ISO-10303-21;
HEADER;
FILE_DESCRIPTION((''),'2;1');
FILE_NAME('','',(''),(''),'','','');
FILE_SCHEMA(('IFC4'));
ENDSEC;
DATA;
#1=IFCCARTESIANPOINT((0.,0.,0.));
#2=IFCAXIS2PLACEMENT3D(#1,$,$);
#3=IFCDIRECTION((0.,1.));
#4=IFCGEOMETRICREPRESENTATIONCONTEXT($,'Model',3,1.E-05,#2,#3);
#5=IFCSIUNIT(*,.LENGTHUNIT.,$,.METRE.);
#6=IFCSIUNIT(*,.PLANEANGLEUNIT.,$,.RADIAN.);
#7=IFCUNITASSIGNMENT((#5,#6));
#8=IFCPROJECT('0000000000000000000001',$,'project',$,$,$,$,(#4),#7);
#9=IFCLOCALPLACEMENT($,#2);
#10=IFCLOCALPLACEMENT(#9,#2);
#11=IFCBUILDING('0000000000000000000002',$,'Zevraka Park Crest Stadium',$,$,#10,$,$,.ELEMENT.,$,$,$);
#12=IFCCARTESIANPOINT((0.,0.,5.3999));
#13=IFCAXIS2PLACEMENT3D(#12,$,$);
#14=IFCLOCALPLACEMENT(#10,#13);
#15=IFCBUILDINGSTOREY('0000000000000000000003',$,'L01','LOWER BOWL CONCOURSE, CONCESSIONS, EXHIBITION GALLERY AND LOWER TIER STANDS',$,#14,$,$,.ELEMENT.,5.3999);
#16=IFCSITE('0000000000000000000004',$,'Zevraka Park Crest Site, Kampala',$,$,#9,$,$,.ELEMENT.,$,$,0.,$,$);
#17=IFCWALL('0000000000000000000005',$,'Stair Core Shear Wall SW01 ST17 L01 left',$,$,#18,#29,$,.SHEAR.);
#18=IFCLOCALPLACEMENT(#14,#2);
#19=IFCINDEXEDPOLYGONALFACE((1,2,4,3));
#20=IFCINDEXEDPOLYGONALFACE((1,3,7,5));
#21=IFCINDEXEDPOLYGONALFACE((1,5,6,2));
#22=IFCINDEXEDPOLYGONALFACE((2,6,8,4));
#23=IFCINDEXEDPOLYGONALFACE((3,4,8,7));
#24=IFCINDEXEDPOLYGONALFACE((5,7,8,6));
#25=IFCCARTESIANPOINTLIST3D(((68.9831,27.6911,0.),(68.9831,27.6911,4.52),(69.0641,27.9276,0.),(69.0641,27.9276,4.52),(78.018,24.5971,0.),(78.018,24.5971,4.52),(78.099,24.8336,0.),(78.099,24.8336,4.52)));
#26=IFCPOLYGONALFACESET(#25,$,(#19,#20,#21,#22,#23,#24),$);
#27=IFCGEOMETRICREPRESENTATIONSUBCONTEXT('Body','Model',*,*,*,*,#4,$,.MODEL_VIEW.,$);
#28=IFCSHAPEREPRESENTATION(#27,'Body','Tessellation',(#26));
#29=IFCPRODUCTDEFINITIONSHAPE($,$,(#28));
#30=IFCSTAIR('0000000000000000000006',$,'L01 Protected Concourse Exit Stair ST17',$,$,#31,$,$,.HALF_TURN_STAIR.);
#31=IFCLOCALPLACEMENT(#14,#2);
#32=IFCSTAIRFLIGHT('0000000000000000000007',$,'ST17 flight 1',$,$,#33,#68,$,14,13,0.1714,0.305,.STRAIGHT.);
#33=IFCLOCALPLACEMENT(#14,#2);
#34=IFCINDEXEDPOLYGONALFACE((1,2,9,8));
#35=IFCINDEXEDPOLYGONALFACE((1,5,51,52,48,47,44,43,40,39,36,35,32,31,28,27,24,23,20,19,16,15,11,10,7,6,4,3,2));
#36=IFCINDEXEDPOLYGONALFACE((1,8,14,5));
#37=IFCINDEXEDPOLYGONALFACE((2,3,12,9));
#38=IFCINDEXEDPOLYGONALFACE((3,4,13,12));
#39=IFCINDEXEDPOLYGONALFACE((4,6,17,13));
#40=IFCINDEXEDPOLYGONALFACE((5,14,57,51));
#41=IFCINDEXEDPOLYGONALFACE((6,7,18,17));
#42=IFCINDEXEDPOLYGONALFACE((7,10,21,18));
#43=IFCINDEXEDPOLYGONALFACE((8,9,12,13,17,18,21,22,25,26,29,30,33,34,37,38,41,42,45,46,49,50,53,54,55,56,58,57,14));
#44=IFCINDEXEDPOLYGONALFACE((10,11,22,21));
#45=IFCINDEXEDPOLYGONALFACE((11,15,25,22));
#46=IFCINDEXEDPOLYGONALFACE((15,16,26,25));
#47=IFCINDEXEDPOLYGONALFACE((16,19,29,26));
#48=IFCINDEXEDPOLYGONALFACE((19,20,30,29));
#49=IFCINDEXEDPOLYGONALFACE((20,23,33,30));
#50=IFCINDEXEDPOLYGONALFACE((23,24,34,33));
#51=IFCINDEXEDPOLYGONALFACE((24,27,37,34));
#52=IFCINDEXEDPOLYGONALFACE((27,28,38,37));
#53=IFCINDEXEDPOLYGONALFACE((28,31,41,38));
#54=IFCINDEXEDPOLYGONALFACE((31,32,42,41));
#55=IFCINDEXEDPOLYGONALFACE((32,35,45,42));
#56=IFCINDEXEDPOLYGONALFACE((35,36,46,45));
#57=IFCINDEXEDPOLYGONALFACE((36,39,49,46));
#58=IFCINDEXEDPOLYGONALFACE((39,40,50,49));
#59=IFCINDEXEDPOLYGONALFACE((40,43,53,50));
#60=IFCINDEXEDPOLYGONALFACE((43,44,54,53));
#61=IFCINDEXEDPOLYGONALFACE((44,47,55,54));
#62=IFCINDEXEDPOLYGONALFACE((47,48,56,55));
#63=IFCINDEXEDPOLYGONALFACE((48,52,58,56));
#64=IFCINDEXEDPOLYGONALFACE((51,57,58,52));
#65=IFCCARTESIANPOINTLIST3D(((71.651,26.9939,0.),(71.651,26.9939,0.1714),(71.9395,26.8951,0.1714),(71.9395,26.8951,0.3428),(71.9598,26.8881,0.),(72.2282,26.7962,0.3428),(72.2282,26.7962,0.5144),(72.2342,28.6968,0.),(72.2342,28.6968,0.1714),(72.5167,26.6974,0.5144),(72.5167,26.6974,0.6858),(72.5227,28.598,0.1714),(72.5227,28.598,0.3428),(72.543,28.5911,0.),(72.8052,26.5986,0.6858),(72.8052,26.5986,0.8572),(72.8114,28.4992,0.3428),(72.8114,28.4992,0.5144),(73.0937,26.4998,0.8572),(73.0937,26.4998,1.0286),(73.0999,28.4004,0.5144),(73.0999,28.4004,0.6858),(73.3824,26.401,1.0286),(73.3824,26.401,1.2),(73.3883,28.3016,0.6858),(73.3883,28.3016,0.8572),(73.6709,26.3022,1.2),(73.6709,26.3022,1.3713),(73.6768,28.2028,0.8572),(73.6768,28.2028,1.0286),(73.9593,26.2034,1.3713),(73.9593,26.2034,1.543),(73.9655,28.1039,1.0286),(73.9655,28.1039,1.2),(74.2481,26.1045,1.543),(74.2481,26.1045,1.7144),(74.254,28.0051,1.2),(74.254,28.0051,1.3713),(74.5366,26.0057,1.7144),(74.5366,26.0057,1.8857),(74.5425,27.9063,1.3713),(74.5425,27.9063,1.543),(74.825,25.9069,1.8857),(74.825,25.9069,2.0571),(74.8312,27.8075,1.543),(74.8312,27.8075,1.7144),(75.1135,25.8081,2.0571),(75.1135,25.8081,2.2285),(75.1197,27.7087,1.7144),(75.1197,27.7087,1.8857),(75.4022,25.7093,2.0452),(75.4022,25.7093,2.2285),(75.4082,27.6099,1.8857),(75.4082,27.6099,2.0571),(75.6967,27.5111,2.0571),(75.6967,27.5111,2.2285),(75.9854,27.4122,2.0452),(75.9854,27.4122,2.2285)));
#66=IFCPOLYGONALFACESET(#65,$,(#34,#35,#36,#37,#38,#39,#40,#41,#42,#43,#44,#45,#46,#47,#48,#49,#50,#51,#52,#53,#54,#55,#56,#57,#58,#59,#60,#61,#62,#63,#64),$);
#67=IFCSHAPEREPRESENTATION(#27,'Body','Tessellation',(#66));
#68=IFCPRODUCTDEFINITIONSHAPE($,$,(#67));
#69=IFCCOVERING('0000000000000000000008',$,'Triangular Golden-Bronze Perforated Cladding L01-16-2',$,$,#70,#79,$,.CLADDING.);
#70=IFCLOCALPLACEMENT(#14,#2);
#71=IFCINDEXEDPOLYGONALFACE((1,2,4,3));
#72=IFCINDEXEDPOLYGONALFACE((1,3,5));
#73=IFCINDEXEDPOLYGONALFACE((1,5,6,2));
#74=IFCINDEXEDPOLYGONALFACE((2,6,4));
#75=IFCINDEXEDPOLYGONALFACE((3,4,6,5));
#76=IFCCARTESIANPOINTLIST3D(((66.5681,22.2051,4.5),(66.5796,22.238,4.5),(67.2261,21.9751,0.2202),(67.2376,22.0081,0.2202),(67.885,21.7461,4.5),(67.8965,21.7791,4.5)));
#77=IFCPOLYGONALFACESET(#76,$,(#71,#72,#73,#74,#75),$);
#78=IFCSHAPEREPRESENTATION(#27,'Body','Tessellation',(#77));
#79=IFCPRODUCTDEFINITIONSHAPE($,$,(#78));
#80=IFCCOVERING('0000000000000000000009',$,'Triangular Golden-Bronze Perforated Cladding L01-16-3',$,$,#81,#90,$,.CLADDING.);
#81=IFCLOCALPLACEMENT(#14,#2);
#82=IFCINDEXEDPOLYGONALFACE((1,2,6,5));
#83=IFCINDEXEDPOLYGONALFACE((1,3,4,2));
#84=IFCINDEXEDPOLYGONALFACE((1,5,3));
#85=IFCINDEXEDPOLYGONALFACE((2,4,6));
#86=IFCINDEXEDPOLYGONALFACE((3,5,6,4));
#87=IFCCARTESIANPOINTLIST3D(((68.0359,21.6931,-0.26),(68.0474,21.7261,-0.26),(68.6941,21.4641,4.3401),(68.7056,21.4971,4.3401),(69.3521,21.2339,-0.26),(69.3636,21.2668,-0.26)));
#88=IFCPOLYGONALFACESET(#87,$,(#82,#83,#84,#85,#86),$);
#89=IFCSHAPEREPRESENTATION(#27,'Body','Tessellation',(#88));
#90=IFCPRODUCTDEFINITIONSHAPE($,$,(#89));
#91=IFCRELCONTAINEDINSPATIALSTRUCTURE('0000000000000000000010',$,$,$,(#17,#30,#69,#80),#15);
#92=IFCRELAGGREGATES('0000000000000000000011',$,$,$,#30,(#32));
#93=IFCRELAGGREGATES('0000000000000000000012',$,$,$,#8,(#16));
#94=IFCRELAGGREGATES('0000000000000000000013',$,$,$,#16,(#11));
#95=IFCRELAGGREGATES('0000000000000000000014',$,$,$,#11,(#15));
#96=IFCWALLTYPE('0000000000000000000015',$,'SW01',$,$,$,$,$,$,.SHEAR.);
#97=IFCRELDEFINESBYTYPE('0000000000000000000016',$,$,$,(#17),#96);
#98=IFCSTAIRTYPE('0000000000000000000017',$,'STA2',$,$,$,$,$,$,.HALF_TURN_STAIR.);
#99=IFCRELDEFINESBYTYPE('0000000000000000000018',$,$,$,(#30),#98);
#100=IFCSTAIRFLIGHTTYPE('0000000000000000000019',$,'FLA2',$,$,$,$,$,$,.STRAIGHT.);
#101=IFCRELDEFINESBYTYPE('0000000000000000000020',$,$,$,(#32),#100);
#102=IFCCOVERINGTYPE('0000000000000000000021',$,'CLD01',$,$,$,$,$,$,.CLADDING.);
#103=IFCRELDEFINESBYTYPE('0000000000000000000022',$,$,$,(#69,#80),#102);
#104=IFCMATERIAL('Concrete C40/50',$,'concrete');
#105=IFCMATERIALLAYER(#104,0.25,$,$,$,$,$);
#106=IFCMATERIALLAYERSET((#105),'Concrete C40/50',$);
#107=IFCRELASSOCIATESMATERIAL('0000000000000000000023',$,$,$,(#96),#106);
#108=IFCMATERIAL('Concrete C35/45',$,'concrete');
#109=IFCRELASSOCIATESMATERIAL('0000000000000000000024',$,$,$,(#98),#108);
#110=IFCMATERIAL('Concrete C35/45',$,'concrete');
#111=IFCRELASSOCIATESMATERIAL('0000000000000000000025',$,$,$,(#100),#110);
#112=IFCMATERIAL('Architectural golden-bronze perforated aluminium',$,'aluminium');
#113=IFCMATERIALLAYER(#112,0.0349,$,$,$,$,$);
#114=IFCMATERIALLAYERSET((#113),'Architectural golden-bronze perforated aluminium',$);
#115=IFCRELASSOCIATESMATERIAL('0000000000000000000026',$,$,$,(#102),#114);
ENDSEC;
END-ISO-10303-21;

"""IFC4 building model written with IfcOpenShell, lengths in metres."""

from ifc_helpers import new_model, si_unit, direction, frame, frame_2d, origin, place, context, subcontext, project, spatial, polyline, rectangle, outline, extrude, material, layer, layer_set, type_object, element, aggregate, save


model = new_model("IFC4")

# Units and contexts
model_context = context("Model", 3, precision=1e-05, world=origin(), true_north=direction((0.0, 1.0)))
body_context = subcontext(model_context, "Body", "Model", "MODEL_VIEW")
ifc_project = project(units=[si_unit("LENGTHUNIT", "METRE"), si_unit("PLANEANGLEUNIT", "RADIAN")], contexts=[model_context])

# Site, building, storey
site_placement = place(None, origin())
site = spatial("IfcSite", under=ifc_project, at=site_placement, Name="Zevraka Park Crest Site, Kampala", CompositionType="ELEMENT", RefElevation=0.0)
building_placement = place(site_placement, origin())
building = spatial("IfcBuilding", under=site, at=building_placement, Name="Zevraka Park Crest Stadium", CompositionType="ELEMENT")
storey_placement = place(building_placement, frame((0.0, 0.0, 5.3999)))
storey = spatial("IfcBuildingStorey", under=building, at=storey_placement, Name="L01", Description="LOWER BOWL CONCOURSE, CONCESSIONS, EXHIBITION GALLERY AND LOWER TIER STANDS", CompositionType="ELEMENT", Elevation=5.3999)

# Wall
ifc_material_1 = material(Name="Concrete C40/50", Category="concrete")
ifc_layer_1 = layer(ifc_material_1, 0.25)
ifc_layer_set_1 = layer_set([ifc_layer_1], Name="Concrete C40/50")
wall_type_1 = type_object("IfcWallType", Name="SW01", PredefinedType="SHEAR", material=ifc_layer_set_1)
wall_1_placement = place(storey_placement, frame((69.0237, 27.8093, 0.0), z_axis=(0.0, 0.0, 1.0), x_axis=(0.946064, -0.323979, 0.0)))
element("IfcWall", 1, at=wall_1_placement, inside=storey, type_object=wall_type_1, Name="Stair Core Shear Wall SW01 ST17 L01 left", PredefinedType="SHEAR", context=body_context, shape_type="SweptSolid", body=[
    extrude(rectangle(XDim=9.55, YDim=0.25, at=frame_2d((4.7749, 0.0))), origin(), (0.0, 0.0, 1.0), 4.52),
])

# Stair, stair flight
ifc_material_2 = material(Name="Concrete C35/45", Category="concrete")
stair_type = type_object("IfcStairType", Name="STA2", PredefinedType="HALF_TURN_STAIR", material=ifc_material_2)
stair_placement = place(storey_placement, origin())
stair = element("IfcStair", 2, at=stair_placement, inside=storey, type_object=stair_type, Name="L01 Protected Concourse Exit Stair ST17", PredefinedType="HALF_TURN_STAIR")
ifc_material_3 = material(Name="Concrete C35/45", Category="concrete")
stair_flight_type = type_object("IfcStairFlightType", Name="FLA2", PredefinedType="STRAIGHT", material=ifc_material_3)
stair_flight_placement = place(storey_placement, frame((71.9426, 27.8455, 0.0), z_axis=(0.0, 0.0, 1.0), x_axis=(0.946066, -0.323974, 0.0)))
stair_flight = element("IfcStairFlight", 3, at=stair_flight_placement, type_object=stair_flight_type, Name="ST17 flight 1", NumberOfRisers=14, NumberOfTreads=13, PredefinedType="STRAIGHT", RiserHeight=0.1714, TreadLength=0.305, context=body_context, shape_type="SweptSolid", body=[
    extrude(outline(polyline([(0.0, 0.0), (0.0, 0.1714), (0.3049, 0.1714), (0.3049, 0.3428), (0.6101, 0.3428), (0.6101, 0.5144), (0.915, 0.5144), (0.915, 0.6858), (1.22, 0.6858), (1.22, 0.8572), (1.5249, 0.8572), (1.5249, 1.0286), (1.8301, 1.0286), (1.8301, 1.2), (2.135, 1.2), (2.135, 1.3713), (2.4399, 1.3713), (2.4399, 1.543), (2.7451, 1.543), (2.7451, 1.7144), (3.05, 1.7144), (3.05, 1.8857), (3.355, 1.8857), (3.355, 2.0571), (3.6599, 2.0571), (3.6599, 2.2285), (3.9651, 2.2285), (3.9651, 2.3999), (3.9651, 2.0452), (0.3264, 0.0), (0.0, 0.0)])), frame((0.0, 0.8999, 0.0), z_axis=(0.0, -1.0, 0.0), x_axis=(1.0, 0.0, 0.0)), (0.0, 0.0, 1.0), 1.8),
])
aggregate(stair, [stair_flight])

# Coverings
ifc_material_4 = material(Name="Architectural golden-bronze perforated aluminium", Category="aluminium")
ifc_layer_2 = layer(ifc_material_4, 0.0349)
ifc_layer_set_2 = layer_set([ifc_layer_2], Name="Architectural golden-bronze perforated aluminium")
covering_type = type_object("IfcCoveringType", Name="CLD01", PredefinedType="CLADDING", material=ifc_layer_set_2)
covering_1_placement = place(storey_placement, frame((67.885, 21.7461, 4.5), z_axis=(-0.329118, -0.944289, 0.000145), x_axis=(-0.944289, 0.329118, 0.0)))
element("IfcCovering", 4, at=covering_1_placement, inside=storey, type_object=covering_type, Name="Triangular Golden-Bronze Perforated Cladding L01-16-2", PredefinedType="CLADDING", context=body_context, shape_type="SweptSolid", body=[
    extrude(outline(polyline([(0.0, 0.0), (1.3946, 0.0), (0.6976, 4.2798), (0.0, 0.0)])), origin(), (0.0, 0.0, -1.0), 0.0349),
])
covering_2_placement = place(storey_placement, frame((68.0359, 21.6931, -0.26), z_axis=(-0.329438, -0.944177, 0.000134), x_axis=(0.944177, -0.329438, 0.0)))
element("IfcCovering", 5, at=covering_2_placement, inside=storey, type_object=covering_type, Name="Triangular Golden-Bronze Perforated Cladding L01-16-3", PredefinedType="CLADDING", context=body_context, shape_type="SweptSolid", body=[
    extrude(outline(polyline([(0.0, 0.0), (1.394, 0.0), (0.6969, 4.6001), (0.0, 0.0)])), origin(), (0.0, 0.0, -1.0), 0.0349),
])

save(model, "model.ifc")
